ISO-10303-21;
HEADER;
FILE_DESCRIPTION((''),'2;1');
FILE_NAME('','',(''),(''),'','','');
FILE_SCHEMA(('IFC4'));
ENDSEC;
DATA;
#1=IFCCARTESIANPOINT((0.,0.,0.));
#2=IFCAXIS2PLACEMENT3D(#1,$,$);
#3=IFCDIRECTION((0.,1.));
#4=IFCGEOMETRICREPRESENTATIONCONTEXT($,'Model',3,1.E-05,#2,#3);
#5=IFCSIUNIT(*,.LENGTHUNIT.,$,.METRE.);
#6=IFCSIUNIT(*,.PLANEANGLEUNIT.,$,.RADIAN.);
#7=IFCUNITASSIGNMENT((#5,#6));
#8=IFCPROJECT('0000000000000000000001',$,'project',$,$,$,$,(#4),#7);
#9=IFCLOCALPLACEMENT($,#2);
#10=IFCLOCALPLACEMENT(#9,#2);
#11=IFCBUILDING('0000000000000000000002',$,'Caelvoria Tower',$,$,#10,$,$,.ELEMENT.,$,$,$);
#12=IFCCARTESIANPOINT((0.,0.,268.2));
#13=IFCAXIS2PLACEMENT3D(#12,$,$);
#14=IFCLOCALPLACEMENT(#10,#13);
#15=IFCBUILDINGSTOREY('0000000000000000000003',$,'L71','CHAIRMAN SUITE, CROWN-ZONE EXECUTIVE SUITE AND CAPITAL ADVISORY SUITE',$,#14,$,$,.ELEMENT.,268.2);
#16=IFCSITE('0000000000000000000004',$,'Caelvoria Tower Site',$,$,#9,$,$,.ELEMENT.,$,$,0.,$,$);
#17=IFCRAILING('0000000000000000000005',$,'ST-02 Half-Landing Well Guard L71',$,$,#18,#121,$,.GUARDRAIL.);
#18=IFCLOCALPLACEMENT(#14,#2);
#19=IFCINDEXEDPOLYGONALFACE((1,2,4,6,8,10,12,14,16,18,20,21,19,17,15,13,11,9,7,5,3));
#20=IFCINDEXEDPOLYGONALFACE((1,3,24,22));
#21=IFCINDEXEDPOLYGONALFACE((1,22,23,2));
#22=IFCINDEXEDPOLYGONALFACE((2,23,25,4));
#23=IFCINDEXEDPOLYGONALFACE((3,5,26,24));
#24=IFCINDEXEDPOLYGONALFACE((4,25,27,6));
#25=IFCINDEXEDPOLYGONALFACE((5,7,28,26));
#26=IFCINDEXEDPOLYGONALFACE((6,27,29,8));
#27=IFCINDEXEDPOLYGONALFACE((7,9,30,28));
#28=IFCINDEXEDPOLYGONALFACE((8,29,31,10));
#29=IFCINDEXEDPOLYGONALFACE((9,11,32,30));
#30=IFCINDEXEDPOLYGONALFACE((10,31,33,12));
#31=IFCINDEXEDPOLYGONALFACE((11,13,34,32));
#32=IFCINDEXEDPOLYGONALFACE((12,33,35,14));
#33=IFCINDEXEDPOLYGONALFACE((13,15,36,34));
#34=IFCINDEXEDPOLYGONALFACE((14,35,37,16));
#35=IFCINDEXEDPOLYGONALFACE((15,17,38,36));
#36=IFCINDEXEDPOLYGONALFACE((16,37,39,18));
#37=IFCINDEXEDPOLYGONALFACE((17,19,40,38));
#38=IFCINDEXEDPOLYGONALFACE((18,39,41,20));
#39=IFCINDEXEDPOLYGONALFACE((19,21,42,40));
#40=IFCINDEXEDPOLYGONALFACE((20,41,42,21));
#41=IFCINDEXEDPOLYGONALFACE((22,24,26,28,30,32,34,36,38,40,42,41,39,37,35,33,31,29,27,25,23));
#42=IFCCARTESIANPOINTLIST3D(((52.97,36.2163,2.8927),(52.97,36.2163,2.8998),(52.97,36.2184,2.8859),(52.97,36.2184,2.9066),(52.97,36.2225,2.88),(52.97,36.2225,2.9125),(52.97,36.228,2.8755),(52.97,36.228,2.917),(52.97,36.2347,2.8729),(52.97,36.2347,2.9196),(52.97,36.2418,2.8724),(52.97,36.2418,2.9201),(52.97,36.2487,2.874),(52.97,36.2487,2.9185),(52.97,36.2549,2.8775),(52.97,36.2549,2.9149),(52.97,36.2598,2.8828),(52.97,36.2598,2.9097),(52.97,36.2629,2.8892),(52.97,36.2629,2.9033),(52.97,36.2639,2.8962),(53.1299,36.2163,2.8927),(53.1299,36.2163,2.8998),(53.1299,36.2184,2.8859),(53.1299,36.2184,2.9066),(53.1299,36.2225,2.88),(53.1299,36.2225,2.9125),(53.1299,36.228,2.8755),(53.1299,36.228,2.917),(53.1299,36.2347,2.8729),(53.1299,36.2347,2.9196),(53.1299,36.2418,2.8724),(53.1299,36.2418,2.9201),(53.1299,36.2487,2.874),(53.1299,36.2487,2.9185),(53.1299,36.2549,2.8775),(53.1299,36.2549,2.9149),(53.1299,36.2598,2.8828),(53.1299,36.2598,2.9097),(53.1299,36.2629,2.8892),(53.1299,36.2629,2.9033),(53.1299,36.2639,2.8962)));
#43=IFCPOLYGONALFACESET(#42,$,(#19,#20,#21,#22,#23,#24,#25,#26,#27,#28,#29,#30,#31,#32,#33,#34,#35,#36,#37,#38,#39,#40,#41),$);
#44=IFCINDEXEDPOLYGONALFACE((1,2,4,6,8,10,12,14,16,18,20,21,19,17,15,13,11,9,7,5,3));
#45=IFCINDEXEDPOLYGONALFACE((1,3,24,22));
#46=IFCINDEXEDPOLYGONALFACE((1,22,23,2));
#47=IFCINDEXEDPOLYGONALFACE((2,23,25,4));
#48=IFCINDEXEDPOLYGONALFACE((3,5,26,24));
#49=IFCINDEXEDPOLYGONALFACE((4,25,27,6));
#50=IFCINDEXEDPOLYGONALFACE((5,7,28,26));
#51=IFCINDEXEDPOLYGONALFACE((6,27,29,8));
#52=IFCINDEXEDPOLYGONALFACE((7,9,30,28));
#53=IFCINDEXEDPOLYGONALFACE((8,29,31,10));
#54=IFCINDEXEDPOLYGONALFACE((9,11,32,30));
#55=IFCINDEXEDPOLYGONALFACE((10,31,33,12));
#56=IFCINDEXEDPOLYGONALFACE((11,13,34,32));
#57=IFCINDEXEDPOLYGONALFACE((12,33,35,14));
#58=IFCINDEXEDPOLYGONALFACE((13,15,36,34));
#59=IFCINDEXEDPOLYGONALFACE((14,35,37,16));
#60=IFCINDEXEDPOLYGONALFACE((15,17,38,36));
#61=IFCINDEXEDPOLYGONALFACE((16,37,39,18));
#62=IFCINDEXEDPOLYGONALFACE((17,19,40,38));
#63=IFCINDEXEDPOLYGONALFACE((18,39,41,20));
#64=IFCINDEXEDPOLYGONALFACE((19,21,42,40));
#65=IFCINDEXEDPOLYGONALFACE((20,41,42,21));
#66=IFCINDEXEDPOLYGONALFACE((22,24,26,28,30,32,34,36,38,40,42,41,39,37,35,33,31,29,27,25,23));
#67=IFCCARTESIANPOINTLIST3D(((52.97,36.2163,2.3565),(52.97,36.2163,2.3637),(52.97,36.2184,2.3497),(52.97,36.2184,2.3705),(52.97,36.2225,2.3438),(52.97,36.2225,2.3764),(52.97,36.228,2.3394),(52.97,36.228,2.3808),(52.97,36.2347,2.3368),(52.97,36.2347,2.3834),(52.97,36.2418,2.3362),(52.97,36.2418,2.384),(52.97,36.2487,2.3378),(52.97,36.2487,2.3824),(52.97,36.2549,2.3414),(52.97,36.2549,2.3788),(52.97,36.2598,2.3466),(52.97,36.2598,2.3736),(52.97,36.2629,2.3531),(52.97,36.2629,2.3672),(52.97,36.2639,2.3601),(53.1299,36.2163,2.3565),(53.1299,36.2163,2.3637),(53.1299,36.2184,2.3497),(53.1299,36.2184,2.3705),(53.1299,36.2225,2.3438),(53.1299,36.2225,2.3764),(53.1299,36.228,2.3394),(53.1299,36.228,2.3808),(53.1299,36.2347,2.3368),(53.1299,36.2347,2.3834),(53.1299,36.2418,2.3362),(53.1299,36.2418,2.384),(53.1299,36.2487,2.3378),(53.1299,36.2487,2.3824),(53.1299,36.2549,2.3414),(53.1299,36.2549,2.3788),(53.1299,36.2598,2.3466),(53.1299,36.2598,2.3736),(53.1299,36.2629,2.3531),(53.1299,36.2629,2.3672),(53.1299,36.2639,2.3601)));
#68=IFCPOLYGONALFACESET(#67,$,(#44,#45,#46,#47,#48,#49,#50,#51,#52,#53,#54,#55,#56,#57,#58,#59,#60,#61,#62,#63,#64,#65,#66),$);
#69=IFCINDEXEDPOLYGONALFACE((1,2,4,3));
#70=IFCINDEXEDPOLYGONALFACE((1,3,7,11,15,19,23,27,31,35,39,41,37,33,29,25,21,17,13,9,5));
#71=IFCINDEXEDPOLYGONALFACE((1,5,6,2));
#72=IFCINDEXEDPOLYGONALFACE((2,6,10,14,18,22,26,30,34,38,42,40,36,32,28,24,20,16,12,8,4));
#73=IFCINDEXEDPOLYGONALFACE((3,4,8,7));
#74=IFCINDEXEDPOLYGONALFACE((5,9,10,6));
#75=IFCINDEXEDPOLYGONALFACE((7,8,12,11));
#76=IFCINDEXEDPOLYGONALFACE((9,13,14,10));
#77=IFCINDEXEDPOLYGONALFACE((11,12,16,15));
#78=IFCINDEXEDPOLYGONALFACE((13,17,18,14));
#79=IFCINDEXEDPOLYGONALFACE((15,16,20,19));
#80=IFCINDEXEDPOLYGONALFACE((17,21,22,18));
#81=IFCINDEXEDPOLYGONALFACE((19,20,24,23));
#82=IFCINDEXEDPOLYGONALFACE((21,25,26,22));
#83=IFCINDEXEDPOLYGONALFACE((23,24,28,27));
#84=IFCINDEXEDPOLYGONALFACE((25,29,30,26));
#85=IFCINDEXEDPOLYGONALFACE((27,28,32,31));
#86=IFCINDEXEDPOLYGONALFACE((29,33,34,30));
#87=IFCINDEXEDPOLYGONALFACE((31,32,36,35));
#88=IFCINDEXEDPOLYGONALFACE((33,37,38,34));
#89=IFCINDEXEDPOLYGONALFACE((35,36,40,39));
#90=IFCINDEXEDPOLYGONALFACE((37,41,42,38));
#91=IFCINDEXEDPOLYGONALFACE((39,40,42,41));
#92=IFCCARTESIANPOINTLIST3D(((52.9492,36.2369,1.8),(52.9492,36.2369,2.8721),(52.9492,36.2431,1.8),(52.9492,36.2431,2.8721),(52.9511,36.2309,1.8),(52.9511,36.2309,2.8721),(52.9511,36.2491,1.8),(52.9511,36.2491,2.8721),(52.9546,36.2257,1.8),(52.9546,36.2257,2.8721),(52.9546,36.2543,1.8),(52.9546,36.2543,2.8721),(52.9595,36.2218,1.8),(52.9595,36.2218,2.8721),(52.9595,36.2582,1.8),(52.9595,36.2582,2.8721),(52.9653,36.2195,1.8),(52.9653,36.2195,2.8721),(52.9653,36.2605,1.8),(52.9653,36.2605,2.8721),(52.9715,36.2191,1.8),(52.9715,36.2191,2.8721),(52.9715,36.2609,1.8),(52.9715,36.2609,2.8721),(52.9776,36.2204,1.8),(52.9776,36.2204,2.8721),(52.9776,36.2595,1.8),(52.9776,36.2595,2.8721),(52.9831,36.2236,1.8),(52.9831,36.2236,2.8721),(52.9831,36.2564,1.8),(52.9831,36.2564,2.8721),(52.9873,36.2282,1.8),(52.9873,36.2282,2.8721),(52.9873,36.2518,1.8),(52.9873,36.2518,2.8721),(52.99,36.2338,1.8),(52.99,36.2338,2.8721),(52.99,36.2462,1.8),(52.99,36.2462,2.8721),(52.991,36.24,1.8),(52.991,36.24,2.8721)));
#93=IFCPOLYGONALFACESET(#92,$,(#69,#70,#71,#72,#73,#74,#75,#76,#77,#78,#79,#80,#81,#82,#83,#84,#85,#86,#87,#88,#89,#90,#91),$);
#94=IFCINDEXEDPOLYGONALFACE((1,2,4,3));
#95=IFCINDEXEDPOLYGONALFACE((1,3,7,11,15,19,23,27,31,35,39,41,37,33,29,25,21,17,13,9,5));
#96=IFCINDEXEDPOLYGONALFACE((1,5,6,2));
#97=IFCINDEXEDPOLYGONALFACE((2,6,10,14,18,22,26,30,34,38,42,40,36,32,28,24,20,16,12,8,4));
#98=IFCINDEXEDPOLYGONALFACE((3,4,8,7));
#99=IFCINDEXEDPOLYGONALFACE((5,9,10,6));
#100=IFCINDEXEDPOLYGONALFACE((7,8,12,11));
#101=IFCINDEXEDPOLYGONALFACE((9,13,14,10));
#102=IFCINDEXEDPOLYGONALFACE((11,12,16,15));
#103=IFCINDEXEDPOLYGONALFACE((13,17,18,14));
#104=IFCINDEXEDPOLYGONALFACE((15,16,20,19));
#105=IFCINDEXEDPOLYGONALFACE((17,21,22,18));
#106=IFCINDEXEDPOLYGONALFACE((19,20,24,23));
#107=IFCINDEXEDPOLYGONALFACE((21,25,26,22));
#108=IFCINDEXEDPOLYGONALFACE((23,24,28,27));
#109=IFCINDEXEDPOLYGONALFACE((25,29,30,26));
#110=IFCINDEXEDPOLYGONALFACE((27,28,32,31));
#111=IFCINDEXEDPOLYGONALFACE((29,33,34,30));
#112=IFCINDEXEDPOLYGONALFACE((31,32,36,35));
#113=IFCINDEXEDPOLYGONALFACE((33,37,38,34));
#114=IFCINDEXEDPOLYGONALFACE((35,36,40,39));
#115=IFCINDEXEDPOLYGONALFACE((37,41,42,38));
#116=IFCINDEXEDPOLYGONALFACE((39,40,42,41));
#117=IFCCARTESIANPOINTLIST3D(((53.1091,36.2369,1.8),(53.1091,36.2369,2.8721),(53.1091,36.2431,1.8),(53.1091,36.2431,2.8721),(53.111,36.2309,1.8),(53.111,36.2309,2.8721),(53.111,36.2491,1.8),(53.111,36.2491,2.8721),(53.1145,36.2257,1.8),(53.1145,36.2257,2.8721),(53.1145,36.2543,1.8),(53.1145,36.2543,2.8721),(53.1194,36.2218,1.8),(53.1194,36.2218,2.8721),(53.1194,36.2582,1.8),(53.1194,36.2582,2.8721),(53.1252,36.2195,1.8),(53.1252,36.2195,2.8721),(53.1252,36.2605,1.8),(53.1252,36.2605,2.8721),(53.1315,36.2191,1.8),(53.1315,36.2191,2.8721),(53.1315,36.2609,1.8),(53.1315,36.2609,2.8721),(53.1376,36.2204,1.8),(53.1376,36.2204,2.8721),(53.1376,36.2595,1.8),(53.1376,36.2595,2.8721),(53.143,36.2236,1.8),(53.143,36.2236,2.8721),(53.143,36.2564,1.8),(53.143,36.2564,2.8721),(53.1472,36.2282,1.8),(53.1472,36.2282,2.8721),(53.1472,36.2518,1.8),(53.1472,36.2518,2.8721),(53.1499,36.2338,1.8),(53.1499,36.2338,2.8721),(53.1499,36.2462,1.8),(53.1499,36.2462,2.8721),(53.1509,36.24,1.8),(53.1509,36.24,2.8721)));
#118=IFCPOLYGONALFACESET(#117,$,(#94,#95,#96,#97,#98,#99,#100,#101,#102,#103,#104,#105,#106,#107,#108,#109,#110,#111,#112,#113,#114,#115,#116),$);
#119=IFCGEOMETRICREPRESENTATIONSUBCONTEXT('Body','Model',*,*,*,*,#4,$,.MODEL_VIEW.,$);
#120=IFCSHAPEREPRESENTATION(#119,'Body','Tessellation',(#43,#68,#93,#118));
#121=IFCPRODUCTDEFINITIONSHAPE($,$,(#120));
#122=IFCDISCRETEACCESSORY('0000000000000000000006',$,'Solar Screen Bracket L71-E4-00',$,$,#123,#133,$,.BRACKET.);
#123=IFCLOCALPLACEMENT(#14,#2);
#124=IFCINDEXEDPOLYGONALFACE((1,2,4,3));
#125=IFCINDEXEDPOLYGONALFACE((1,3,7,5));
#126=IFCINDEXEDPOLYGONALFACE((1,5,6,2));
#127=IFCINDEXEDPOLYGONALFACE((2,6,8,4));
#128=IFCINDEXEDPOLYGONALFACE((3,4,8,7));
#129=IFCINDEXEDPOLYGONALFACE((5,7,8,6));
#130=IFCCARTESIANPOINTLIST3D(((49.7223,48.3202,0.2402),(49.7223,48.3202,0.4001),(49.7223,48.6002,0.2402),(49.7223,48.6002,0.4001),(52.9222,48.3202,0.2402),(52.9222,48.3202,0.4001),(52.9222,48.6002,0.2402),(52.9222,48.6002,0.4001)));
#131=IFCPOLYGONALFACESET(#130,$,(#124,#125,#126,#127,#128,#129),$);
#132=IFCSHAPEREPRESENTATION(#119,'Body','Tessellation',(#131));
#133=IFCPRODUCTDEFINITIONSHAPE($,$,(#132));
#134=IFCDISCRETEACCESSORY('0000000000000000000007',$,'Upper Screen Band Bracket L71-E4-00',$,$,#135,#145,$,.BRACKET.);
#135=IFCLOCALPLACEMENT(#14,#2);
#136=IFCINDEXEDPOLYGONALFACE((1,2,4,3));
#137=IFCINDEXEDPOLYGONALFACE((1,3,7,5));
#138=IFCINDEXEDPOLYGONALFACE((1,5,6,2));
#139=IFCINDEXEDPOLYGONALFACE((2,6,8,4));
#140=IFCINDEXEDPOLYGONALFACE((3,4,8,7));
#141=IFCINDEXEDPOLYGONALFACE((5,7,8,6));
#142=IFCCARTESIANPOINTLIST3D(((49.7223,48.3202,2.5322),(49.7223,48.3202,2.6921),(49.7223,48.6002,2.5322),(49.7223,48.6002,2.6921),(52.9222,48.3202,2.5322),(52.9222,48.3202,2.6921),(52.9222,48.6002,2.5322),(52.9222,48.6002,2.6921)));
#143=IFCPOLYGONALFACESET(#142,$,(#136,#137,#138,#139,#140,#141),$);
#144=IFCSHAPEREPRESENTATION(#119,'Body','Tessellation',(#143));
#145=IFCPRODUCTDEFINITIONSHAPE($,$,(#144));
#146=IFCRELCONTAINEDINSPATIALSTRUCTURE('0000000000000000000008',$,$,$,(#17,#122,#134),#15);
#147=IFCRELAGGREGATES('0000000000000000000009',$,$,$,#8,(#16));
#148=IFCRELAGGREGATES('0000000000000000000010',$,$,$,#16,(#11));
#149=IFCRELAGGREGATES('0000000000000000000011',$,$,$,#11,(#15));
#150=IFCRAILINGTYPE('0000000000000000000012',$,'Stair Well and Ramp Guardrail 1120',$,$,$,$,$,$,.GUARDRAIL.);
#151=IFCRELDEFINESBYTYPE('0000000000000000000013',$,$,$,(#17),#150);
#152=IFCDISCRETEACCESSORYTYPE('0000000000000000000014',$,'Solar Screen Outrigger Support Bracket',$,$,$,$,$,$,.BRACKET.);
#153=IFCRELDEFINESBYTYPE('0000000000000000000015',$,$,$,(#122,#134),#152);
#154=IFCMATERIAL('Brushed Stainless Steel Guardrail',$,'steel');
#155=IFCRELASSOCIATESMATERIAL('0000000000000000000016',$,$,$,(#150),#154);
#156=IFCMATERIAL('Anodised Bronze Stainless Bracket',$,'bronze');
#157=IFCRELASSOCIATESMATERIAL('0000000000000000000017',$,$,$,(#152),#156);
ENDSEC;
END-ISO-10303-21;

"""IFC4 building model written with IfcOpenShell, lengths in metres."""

from ifc_helpers import new_model, si_unit, direction, frame, origin, origin_2d, place, context, subcontext, project, spatial, rectangle, circle, extrude, material, type_object, element, save


model = new_model("IFC4")

# Units and contexts
model_context = context("Model", 3, precision=1e-05, world=origin(), true_north=direction((0.0, 1.0)))
body_context = subcontext(model_context, "Body", "Model", "MODEL_VIEW")
ifc_project = project(units=[si_unit("LENGTHUNIT", "METRE"), si_unit("PLANEANGLEUNIT", "RADIAN")], contexts=[model_context])

# Site, building, storey
site_placement = place(None, origin())
site = spatial("IfcSite", under=ifc_project, at=site_placement, Name="Caelvoria Tower Site", CompositionType="ELEMENT", RefElevation=0.0)
building_placement = place(site_placement, origin())
building = spatial("IfcBuilding", under=site, at=building_placement, Name="Caelvoria Tower", CompositionType="ELEMENT")
storey_placement = place(building_placement, frame((0.0, 0.0, 268.2)))
storey = spatial("IfcBuildingStorey", under=building, at=storey_placement, Name="L71", Description="CHAIRMAN SUITE, CROWN-ZONE EXECUTIVE SUITE AND CAPITAL ADVISORY SUITE", CompositionType="ELEMENT", Elevation=268.2)

# Railing
ifc_material_1 = material(Name="Brushed Stainless Steel Guardrail", Category="steel")
railing_type_1 = type_object("IfcRailingType", Name="Stair Well and Ramp Guardrail 1120", PredefinedType="GUARDRAIL", material=ifc_material_1)
railing_1_placement = place(storey_placement, frame((52.97, 36.24, 1.8)))
element("IfcRailing", 1, at=railing_1_placement, inside=storey, type_object=railing_type_1, Name="ST-02 Half-Landing Well Guard L71", PredefinedType="GUARDRAIL", context=body_context, shape_type="SweptSolid", body=[
    extrude(circle(Radius=0.0239, at=origin_2d()), frame((0.0, 0.0, 1.0962), z_axis=(1.0, 0.0, 0.0), x_axis=(0.0, 1.0, 0.0)), (0.0, 0.0, 1.0), 0.1599),
    extrude(circle(Radius=0.0239, at=origin_2d()), frame((0.0, 0.0, 0.5601), z_axis=(1.0, 0.0, 0.0), x_axis=(0.0, 1.0, 0.0)), (0.0, 0.0, 1.0), 0.1599),
    extrude(circle(Radius=0.021, at=origin_2d()), origin(), (0.0, 0.0, 1.0), 1.072),
    extrude(circle(Radius=0.021, at=origin_2d()), frame((0.1599, 0.0, 0.0)), (0.0, 0.0, 1.0), 1.072),
])

# Discrete accessories
ifc_material_2 = material(Name="Anodised Bronze Stainless Bracket", Category="bronze")
discrete_accessory_type = type_object("IfcDiscreteAccessoryType", Name="Solar Screen Outrigger Support Bracket", PredefinedType="BRACKET", material=ifc_material_2)
for number, where, z_axis, x_axis, name in (
    (2, (51.3223, 48.4602, 0.2402), (0.0, 0.0, 1.0), (-1.0, 0.0, 0.0), "Solar Screen Bracket L71-E4-00"),
    (3, (51.3223, 48.4602, 2.5322), (0.0, 0.0, 1.0), (-1.0, 0.0, 0.0), "Upper Screen Band Bracket L71-E4-00"),
):
    element("IfcDiscreteAccessory", number, at=place(storey_placement, frame(where, z_axis=z_axis, x_axis=x_axis)), inside=storey, type_object=discrete_accessory_type, Name=name, PredefinedType="BRACKET", context=body_context, shape_type="SweptSolid", body=[
        extrude(rectangle(XDim=3.2, YDim=0.28, at=origin_2d()), origin(), (0.0, 0.0, 1.0), 0.1599),
    ])

save(model, "model.ifc")
